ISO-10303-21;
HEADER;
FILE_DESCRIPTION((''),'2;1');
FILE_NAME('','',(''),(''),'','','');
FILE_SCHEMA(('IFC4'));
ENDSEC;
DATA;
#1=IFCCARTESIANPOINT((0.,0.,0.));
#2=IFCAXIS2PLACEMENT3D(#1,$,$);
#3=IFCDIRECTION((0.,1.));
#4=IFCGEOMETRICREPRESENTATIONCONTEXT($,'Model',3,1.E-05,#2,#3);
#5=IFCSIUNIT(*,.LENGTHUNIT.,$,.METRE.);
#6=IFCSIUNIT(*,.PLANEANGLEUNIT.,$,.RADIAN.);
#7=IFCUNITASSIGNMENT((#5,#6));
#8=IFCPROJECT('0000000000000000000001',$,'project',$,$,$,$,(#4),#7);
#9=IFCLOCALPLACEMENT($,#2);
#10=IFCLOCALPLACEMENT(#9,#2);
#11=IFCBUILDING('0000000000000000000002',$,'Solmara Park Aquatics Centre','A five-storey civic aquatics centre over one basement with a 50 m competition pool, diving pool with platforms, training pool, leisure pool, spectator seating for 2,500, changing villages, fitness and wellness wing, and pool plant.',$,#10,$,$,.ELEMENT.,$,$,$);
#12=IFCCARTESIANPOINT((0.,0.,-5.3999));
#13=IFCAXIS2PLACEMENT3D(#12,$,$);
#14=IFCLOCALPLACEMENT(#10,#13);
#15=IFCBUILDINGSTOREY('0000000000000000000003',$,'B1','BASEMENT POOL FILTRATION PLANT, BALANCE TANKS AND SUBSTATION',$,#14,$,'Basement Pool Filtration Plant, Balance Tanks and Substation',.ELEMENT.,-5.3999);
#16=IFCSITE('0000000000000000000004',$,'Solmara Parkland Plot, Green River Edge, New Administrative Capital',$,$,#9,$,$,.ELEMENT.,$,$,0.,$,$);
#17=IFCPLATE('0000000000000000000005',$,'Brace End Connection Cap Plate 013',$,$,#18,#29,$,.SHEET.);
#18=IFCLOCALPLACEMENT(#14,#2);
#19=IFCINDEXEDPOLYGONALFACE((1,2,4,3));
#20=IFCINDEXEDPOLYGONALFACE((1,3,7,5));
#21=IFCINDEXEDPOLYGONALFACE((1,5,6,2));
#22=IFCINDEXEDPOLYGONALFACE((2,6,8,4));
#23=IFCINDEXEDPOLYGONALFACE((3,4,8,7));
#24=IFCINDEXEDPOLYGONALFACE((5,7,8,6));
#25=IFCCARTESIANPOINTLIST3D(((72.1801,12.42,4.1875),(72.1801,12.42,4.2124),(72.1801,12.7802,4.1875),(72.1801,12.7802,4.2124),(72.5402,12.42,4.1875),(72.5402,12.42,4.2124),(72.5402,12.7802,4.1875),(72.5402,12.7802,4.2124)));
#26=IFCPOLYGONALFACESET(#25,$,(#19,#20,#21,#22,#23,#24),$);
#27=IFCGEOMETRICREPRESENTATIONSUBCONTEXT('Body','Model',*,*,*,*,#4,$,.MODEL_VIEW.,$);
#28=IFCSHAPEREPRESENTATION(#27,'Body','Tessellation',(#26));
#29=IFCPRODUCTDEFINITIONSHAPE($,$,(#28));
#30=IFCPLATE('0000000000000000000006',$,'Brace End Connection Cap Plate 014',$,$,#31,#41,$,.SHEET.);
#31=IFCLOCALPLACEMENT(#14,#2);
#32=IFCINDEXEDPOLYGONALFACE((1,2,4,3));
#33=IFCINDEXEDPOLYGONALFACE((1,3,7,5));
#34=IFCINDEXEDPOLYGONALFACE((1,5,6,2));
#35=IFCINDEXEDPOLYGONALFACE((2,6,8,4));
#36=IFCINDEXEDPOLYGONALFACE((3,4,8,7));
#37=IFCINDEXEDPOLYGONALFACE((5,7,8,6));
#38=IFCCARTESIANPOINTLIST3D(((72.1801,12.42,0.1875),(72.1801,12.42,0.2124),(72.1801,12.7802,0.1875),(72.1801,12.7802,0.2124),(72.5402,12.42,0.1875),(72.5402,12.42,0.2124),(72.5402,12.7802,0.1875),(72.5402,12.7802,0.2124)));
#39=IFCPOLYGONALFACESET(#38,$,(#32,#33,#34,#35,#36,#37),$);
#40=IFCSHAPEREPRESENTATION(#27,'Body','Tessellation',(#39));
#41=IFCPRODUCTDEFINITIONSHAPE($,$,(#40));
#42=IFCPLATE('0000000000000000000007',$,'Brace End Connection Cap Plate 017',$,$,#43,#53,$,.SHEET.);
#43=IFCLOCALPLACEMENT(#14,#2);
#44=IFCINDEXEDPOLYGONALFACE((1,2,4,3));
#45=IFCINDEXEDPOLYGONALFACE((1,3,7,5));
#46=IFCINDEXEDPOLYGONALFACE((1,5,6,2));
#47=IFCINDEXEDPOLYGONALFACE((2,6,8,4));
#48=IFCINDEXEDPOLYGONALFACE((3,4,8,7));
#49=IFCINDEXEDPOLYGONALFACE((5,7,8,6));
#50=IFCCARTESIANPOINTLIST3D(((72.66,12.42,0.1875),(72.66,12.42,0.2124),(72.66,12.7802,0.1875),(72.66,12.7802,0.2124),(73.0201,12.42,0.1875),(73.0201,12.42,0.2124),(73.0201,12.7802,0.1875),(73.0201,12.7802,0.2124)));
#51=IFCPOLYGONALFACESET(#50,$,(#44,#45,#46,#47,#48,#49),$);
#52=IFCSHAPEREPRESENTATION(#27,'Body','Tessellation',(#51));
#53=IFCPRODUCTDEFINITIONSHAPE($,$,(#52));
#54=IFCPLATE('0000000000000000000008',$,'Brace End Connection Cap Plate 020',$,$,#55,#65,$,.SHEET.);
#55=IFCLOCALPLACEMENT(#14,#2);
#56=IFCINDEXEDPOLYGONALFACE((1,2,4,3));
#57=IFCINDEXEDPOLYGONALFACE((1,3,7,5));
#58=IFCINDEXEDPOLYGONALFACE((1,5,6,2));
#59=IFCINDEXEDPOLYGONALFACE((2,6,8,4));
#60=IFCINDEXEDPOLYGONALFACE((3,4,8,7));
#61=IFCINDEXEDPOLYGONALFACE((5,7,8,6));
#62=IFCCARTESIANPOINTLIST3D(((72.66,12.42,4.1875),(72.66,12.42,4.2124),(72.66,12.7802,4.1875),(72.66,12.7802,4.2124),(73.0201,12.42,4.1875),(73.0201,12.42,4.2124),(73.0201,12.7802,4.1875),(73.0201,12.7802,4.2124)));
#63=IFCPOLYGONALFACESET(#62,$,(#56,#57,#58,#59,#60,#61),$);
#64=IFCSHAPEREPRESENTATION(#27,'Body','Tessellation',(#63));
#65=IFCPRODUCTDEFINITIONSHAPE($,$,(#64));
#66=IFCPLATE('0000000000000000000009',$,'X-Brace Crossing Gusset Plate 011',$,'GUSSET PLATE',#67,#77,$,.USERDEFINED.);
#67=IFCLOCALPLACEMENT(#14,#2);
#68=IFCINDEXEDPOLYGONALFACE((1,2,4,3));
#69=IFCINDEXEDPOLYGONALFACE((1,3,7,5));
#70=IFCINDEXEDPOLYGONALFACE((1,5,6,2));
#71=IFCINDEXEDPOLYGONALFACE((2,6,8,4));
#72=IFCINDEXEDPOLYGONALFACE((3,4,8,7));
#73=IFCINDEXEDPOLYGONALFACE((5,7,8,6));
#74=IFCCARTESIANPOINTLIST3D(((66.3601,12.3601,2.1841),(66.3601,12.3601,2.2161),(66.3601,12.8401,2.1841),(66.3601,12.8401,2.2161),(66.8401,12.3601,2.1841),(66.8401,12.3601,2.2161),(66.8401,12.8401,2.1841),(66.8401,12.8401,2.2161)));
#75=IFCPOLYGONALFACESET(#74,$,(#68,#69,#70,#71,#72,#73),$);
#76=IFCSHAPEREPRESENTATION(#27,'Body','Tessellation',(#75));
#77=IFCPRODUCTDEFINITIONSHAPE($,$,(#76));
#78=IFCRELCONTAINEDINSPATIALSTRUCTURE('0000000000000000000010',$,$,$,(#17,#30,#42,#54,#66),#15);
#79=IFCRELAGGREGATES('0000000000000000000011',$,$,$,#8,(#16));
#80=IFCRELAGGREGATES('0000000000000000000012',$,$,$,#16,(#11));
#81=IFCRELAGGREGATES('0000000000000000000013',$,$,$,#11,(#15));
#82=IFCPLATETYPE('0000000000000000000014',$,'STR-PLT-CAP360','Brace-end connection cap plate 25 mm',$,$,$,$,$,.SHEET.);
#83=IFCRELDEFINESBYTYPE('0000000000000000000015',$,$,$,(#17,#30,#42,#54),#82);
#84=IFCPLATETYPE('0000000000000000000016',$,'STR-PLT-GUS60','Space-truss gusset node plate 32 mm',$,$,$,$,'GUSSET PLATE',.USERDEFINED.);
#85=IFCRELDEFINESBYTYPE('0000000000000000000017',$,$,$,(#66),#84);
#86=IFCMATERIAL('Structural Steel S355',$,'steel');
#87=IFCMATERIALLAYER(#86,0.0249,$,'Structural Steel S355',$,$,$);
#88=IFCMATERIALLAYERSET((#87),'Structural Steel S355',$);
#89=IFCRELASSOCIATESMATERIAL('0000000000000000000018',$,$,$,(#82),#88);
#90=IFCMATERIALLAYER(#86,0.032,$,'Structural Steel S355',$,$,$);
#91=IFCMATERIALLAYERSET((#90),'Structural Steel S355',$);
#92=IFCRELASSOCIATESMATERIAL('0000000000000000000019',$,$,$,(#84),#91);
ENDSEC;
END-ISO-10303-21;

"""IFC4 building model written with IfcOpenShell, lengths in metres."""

from ifc_helpers import new_model, si_unit, direction, frame, origin, origin_2d, place, context, subcontext, project, spatial, rectangle, extrude, material, layer, layer_set, type_object, element, save


model = new_model("IFC4")

# Units and contexts
model_context = context("Model", 3, precision=1e-05, world=origin(), true_north=direction((0.0, 1.0)))
body_context = subcontext(model_context, "Body", "Model", "MODEL_VIEW")
ifc_project = project(units=[si_unit("LENGTHUNIT", "METRE"), si_unit("PLANEANGLEUNIT", "RADIAN")], contexts=[model_context])

# Site, building, storey
site_placement = place(None, origin())
site = spatial("IfcSite", under=ifc_project, at=site_placement, Name="Solmara Parkland Plot, Green River Edge, New Administrative Capital", CompositionType="ELEMENT", RefElevation=0.0)
building_placement = place(site_placement, origin())
building = spatial("IfcBuilding", under=site, at=building_placement, Name="Solmara Park Aquatics Centre", Description="A five-storey civic aquatics centre over one basement with a 50 m competition pool, diving pool with platforms, training pool, leisure pool, spectator seating for 2,500, changing villages, fitness and wellness wing, and pool plant.", CompositionType="ELEMENT")
storey_placement = place(building_placement, frame((0.0, 0.0, -5.3999)))
storey = spatial("IfcBuildingStorey", under=building, at=storey_placement, Name="B1", Description="BASEMENT POOL FILTRATION PLANT, BALANCE TANKS AND SUBSTATION", LongName="Basement Pool Filtration Plant, Balance Tanks and Substation", CompositionType="ELEMENT", Elevation=-5.3999)

# Shared definitions
ifc_material_1 = material(Name="Structural Steel S355", Category="steel")

# Plates
ifc_layer_1 = layer(ifc_material_1, 0.0249, Name="Structural Steel S355")
ifc_layer_set_1 = layer_set([ifc_layer_1], Name="Structural Steel S355")
plate_type_1 = type_object("IfcPlateType", Name="STR-PLT-CAP360", Description="Brace-end connection cap plate 25 mm", PredefinedType="SHEET", material=ifc_layer_set_1)
for number, where, z_axis, x_axis, name in (
    (1, (72.3601, 12.6001, 4.1875), (0.0, 0.0, 1.0), (1.0, 0.0, 0.0), "Brace End Connection Cap Plate 013"),
    (2, (72.3601, 12.6001, 0.1875), (0.0, 0.0, 1.0), (1.0, 0.0, 0.0), "Brace End Connection Cap Plate 014"),
    (3, (72.8401, 12.6001, 0.1875), (0.0, 0.0, 1.0), (1.0, 0.0, 0.0), "Brace End Connection Cap Plate 017"),
    (4, (72.8401, 12.6001, 4.1875), (0.0, 0.0, 1.0), (1.0, 0.0, 0.0), "Brace End Connection Cap Plate 020"),
):
    element("IfcPlate", number, at=place(storey_placement, frame(where, z_axis=z_axis, x_axis=x_axis)), inside=storey, type_object=plate_type_1, Name=name, PredefinedType="SHEET", context=body_context, shape_type="SweptSolid", body=[
        extrude(rectangle(XDim=0.3601, YDim=0.3601, at=origin_2d()), origin(), (0.0, 0.0, 1.0), 0.0249),
    ])
ifc_layer_2 = layer(ifc_material_1, 0.032, Name="Structural Steel S355")
ifc_layer_set_2 = layer_set([ifc_layer_2], Name="Structural Steel S355")
plate_type_2 = type_object("IfcPlateType", Name="STR-PLT-GUS60", Description="Space-truss gusset node plate 32 mm", ElementType="GUSSET PLATE", PredefinedType="USERDEFINED", material=ifc_layer_set_2)
plate_placement = place(storey_placement, frame((66.6001, 12.6001, 2.1841), z_axis=(0.0, 0.0, 1.0), x_axis=(1.0, 0.0, 0.0)))
element("IfcPlate", 5, at=plate_placement, inside=storey, type_object=plate_type_2, Name="X-Brace Crossing Gusset Plate 011", ObjectType="GUSSET PLATE", PredefinedType="USERDEFINED", context=body_context, shape_type="SweptSolid", body=[
    extrude(rectangle(XDim=0.48, YDim=0.48, at=origin_2d()), origin(), (0.0, 0.0, 1.0), 0.032),
])

save(model, "model.ifc")
